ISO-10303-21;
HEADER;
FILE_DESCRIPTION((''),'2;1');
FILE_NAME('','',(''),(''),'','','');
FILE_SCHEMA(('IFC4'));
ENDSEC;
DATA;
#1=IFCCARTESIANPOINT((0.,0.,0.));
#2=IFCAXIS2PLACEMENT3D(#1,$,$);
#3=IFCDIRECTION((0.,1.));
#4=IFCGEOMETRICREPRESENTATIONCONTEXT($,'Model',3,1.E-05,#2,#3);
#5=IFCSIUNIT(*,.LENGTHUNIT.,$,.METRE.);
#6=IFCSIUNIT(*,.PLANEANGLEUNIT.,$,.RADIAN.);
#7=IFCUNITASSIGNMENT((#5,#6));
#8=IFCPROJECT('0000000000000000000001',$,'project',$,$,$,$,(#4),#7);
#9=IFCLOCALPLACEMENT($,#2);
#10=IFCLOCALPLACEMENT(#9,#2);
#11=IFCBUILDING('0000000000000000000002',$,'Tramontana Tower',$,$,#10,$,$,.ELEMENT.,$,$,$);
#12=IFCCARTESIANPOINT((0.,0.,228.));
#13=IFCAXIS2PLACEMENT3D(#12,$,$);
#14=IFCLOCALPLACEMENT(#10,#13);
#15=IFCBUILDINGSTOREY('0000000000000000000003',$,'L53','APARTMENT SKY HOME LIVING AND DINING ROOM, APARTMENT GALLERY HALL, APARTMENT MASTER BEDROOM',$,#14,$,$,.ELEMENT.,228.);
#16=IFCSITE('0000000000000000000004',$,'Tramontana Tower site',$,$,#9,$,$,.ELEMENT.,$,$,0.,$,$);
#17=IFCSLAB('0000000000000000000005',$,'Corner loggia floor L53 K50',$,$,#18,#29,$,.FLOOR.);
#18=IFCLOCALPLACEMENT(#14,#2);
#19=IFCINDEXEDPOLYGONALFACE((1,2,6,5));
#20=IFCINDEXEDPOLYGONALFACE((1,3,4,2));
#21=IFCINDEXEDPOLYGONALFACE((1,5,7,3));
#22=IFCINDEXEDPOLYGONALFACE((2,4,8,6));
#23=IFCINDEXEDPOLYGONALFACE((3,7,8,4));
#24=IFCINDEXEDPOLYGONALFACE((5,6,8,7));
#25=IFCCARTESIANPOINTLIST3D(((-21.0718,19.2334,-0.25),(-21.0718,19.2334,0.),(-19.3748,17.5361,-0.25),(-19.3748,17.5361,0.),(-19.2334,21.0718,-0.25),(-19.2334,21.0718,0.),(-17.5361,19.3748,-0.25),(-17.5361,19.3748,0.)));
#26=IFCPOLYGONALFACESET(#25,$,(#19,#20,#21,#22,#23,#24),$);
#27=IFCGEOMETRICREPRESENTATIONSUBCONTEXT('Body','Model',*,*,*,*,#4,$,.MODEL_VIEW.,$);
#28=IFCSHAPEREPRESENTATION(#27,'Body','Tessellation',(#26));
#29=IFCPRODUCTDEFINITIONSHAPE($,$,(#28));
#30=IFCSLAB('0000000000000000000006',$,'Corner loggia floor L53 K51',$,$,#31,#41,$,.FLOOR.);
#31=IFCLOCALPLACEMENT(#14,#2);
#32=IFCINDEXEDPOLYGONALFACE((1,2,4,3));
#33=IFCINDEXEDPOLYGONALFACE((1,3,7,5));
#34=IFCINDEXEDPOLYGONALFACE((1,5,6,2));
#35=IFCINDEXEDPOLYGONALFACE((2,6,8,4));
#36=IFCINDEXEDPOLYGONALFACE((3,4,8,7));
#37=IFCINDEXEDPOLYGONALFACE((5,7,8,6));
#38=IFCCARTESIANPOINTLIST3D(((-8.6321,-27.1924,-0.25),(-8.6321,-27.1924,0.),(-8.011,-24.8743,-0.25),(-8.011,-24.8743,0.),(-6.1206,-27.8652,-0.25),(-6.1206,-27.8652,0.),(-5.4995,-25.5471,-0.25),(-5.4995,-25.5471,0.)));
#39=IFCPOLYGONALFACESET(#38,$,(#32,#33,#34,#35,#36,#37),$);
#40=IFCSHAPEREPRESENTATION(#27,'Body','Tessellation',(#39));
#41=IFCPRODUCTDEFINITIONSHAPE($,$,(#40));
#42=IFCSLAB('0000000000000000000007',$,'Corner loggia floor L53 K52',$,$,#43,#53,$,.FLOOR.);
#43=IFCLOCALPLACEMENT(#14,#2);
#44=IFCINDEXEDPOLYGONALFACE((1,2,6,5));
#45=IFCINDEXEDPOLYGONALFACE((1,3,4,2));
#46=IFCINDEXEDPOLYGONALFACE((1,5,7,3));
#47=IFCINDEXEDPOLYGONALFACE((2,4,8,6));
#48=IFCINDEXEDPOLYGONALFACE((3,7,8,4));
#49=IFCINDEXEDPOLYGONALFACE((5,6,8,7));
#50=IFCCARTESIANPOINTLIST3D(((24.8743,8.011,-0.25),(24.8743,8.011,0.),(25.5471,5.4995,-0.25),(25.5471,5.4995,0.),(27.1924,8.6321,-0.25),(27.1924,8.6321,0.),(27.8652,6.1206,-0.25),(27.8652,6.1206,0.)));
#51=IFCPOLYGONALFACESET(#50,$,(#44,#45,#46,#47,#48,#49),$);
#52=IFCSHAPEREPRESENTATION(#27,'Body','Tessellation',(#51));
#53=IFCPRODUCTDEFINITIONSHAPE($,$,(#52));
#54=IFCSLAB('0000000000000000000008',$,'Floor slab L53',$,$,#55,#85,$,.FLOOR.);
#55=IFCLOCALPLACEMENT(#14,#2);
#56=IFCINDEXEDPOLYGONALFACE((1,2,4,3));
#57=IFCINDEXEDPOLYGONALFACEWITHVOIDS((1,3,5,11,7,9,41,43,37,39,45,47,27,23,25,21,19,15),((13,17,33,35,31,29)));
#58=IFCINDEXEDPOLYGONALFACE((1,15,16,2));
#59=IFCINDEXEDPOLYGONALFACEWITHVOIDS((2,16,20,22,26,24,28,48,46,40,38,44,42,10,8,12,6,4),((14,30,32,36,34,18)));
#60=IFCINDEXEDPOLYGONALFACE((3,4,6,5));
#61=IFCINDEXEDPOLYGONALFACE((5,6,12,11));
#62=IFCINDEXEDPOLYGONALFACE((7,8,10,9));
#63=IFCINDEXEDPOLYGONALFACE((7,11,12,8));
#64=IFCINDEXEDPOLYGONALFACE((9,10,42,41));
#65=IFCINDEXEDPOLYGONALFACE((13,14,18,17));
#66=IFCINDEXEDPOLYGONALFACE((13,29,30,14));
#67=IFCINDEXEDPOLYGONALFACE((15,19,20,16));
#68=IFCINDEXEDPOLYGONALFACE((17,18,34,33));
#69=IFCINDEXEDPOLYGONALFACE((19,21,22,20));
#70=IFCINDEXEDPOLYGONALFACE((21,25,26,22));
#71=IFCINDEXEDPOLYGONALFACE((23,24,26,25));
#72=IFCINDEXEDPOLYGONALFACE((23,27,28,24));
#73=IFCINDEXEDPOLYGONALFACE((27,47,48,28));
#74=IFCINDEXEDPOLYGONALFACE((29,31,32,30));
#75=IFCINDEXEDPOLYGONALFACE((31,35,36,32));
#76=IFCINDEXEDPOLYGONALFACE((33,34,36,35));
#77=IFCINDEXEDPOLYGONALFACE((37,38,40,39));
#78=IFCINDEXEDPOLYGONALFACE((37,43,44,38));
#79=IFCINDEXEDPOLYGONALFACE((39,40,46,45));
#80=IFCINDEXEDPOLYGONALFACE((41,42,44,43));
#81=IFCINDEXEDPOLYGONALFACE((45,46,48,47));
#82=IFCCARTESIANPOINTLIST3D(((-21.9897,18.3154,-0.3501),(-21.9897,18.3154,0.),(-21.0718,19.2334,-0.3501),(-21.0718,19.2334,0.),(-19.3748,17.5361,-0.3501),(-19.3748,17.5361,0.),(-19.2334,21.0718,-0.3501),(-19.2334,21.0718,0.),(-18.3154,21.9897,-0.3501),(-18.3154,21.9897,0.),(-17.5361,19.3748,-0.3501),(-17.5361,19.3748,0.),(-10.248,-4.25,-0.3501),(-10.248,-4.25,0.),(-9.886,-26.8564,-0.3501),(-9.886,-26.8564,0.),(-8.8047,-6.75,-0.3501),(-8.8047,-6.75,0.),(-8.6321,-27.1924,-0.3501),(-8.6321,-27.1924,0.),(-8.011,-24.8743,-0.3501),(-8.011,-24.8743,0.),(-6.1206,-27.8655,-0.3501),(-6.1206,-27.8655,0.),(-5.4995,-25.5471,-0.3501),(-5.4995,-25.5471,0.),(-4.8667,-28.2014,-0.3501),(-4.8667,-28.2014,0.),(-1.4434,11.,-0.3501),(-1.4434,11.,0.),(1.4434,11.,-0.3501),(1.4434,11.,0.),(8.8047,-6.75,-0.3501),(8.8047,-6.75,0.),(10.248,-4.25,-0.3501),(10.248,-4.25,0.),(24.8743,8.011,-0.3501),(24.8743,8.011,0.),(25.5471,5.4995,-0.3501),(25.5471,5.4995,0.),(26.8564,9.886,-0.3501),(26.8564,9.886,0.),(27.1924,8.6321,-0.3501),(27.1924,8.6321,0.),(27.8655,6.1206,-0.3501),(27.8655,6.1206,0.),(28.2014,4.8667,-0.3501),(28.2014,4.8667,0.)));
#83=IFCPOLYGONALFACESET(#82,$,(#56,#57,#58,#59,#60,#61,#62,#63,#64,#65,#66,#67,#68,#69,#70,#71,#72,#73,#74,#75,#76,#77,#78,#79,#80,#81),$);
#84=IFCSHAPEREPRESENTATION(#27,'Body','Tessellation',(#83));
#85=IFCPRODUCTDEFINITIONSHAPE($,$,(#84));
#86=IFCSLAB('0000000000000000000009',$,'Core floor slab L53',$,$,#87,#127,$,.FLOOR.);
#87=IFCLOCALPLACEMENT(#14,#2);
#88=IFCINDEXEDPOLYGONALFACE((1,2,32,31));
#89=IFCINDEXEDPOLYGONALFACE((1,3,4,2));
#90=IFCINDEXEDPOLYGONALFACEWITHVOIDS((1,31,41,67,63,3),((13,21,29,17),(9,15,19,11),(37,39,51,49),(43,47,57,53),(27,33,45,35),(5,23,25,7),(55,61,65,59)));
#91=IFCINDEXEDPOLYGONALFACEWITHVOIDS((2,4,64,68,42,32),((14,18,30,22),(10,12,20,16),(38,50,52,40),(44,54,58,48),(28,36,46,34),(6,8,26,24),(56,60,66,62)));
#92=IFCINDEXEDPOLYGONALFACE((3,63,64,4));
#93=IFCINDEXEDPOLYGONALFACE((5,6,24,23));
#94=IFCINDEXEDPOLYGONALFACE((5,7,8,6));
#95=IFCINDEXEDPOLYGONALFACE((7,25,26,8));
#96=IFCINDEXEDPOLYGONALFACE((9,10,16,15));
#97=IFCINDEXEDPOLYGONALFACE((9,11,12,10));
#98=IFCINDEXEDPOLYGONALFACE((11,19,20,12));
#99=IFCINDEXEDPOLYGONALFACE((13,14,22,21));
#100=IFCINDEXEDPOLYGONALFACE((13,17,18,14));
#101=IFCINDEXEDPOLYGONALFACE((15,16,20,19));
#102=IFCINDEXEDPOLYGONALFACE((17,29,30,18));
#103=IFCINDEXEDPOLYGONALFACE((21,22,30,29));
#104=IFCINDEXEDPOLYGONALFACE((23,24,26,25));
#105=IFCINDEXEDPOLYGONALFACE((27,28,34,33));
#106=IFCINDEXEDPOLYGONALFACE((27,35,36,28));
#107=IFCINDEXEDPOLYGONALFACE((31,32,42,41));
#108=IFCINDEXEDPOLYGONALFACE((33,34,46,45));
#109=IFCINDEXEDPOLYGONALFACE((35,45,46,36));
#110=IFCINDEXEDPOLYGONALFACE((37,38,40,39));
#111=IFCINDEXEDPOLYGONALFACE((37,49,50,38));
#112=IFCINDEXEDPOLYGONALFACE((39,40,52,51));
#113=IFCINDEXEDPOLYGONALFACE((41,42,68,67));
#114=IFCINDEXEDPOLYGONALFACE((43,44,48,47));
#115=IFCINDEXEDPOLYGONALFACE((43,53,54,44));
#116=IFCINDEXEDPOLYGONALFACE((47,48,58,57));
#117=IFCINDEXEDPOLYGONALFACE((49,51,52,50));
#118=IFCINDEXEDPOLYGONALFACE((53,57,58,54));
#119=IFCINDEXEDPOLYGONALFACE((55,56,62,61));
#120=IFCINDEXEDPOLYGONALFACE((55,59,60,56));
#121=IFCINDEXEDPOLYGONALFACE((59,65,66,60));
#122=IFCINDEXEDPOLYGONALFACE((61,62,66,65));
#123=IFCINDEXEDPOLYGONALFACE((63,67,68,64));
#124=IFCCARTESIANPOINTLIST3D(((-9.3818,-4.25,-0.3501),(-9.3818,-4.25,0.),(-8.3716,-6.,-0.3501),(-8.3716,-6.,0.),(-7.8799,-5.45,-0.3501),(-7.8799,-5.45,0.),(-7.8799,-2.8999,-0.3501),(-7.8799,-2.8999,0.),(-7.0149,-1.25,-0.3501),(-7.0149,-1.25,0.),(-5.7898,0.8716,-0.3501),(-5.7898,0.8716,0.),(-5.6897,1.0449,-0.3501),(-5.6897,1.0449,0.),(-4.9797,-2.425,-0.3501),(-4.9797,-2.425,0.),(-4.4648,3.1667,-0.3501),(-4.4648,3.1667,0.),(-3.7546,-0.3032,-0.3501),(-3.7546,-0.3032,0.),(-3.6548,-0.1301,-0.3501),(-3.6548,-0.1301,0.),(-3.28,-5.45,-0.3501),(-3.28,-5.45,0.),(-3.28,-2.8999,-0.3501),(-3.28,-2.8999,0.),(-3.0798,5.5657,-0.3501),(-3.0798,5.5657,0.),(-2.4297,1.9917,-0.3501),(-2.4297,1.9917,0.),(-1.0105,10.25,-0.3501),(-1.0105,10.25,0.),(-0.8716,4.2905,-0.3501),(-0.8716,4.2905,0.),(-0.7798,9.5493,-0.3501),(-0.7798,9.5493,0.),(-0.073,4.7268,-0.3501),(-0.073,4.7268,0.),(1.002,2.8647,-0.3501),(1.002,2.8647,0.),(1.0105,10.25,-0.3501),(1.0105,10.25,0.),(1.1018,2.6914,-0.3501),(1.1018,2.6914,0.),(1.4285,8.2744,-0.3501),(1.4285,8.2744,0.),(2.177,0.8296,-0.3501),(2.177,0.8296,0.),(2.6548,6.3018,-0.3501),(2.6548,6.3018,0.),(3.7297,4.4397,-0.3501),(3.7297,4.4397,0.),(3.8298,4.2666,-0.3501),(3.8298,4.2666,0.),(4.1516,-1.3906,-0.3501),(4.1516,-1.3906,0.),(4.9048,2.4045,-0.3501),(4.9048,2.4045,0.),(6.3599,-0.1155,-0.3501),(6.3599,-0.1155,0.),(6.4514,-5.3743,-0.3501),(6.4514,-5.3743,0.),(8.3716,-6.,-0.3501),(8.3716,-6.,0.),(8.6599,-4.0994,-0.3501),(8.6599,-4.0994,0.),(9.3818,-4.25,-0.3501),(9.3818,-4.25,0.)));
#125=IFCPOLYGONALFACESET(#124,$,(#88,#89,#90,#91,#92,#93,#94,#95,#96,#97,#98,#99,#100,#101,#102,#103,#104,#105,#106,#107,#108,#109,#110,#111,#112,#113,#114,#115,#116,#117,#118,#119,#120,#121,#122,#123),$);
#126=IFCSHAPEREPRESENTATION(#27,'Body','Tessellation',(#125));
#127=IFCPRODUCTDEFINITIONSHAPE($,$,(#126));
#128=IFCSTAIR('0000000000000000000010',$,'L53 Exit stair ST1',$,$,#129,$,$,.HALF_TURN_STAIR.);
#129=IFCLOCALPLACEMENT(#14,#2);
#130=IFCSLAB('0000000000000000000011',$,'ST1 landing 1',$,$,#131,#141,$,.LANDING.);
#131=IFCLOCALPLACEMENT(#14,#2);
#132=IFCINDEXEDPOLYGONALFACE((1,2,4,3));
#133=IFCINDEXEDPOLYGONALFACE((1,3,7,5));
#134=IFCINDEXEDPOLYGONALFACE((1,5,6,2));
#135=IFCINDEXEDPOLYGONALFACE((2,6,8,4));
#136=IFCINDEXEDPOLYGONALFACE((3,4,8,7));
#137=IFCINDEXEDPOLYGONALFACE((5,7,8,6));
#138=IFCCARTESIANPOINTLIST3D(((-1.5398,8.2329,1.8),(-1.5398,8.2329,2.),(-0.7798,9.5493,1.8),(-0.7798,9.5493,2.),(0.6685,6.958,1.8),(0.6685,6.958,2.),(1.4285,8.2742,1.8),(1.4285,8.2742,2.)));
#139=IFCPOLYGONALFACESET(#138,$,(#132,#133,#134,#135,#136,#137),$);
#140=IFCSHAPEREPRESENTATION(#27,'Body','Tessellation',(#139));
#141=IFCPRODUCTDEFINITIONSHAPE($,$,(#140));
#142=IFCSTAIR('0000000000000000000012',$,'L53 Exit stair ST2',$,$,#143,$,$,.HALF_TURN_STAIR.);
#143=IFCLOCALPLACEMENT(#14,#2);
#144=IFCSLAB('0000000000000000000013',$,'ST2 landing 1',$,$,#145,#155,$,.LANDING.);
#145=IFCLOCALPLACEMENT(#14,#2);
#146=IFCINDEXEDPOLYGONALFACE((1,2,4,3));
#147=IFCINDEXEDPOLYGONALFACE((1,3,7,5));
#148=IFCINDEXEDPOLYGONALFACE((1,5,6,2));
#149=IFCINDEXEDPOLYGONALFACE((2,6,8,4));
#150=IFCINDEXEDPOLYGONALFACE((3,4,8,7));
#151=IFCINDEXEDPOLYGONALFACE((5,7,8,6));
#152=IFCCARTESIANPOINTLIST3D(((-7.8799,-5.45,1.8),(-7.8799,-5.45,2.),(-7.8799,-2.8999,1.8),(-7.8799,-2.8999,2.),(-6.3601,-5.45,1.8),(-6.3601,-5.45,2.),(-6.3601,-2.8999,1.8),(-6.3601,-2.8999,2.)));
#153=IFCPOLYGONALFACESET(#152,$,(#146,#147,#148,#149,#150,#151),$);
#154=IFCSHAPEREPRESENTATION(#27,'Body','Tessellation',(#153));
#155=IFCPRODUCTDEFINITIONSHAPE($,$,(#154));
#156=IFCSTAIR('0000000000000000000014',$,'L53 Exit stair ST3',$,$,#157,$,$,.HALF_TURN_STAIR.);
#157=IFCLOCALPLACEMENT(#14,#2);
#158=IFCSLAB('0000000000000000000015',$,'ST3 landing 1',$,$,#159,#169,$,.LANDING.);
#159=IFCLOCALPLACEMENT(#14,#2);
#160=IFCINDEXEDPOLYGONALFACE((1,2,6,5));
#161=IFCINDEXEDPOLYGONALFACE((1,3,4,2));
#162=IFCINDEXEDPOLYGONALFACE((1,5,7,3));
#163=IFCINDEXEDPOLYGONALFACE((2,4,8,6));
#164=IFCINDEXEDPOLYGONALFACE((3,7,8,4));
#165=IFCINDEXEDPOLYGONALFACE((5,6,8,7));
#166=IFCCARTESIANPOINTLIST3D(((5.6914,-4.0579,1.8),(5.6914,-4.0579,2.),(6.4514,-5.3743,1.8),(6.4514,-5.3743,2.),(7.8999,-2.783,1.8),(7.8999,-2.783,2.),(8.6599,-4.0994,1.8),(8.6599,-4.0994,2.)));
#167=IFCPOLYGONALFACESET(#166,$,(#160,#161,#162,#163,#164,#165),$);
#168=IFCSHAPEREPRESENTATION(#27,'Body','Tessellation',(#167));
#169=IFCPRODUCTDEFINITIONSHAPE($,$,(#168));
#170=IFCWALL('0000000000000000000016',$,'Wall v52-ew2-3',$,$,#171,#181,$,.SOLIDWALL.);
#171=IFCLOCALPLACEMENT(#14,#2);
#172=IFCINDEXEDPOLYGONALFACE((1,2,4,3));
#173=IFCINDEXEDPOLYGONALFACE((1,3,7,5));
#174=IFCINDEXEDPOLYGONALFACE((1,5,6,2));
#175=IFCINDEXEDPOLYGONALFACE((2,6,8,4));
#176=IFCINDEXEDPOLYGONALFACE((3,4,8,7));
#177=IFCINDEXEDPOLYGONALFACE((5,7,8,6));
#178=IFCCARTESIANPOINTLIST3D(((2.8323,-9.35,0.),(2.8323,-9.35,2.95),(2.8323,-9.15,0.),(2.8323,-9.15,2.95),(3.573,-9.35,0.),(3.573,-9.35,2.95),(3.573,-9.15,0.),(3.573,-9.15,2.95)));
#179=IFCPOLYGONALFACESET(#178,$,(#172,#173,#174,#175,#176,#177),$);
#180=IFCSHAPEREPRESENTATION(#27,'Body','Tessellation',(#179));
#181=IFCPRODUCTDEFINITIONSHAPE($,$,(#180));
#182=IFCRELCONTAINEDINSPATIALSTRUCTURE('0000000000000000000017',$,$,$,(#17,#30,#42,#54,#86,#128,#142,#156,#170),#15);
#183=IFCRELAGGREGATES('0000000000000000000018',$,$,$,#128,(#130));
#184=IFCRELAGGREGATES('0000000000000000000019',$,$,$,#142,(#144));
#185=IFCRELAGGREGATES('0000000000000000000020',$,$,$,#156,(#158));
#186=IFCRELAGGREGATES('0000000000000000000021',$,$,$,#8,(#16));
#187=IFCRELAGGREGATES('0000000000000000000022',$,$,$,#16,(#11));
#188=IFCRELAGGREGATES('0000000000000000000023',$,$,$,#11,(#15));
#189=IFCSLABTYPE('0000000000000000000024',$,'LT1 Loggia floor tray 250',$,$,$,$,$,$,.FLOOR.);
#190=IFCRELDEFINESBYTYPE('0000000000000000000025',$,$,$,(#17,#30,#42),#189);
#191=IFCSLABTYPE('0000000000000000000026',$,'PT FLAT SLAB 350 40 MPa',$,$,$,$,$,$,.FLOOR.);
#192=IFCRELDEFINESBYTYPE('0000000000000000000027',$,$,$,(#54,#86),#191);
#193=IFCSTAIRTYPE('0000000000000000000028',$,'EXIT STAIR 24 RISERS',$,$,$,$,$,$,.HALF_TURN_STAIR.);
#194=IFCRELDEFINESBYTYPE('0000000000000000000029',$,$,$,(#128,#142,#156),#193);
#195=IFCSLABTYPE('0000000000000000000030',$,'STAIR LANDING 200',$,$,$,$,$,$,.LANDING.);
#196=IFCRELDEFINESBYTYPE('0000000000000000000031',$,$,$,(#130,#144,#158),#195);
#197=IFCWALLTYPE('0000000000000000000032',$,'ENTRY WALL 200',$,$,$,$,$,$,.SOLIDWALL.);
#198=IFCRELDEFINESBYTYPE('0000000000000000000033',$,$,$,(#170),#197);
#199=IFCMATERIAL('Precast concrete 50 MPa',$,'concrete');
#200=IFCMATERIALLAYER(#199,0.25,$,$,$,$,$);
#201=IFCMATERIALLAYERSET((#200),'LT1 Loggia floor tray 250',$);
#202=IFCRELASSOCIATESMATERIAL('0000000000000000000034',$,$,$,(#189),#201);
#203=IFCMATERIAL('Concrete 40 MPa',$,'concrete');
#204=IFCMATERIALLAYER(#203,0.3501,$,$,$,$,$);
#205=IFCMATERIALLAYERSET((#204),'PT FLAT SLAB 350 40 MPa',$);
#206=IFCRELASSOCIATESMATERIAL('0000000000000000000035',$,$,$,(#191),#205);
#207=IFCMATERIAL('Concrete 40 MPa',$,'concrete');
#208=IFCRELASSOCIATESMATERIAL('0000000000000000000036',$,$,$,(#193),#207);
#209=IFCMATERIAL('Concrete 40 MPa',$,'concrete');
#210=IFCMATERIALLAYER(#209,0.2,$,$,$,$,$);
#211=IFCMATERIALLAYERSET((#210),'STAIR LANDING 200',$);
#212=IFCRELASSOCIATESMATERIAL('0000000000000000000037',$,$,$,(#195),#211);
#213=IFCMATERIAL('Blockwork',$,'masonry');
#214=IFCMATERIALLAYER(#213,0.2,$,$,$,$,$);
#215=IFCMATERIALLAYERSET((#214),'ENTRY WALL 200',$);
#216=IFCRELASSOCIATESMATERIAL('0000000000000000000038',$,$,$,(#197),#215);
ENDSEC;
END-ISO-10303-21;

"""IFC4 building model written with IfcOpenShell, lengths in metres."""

from ifc_helpers import new_model, si_unit, direction, frame, frame_2d, origin, place, context, subcontext, project, spatial, polyline, rectangle, outline, extrude, material, layer, layer_set, type_object, element, aggregate, save


model = new_model("IFC4")

# Units and contexts
model_context = context("Model", 3, precision=1e-05, world=origin(), true_north=direction((0.0, 1.0)))
body_context = subcontext(model_context, "Body", "Model", "MODEL_VIEW")
ifc_project = project(units=[si_unit("LENGTHUNIT", "METRE"), si_unit("PLANEANGLEUNIT", "RADIAN")], contexts=[model_context])

# Site, building, storey
site_placement = place(None, origin())
site = spatial("IfcSite", under=ifc_project, at=site_placement, Name="Tramontana Tower site", CompositionType="ELEMENT", RefElevation=0.0)
building_placement = place(site_placement, origin())
building = spatial("IfcBuilding", under=site, at=building_placement, Name="Tramontana Tower", CompositionType="ELEMENT")
storey_placement = place(building_placement, frame((0.0, 0.0, 228.0)))
storey = spatial("IfcBuildingStorey", under=building, at=storey_placement, Name="L53", Description="APARTMENT SKY HOME LIVING AND DINING ROOM, APARTMENT GALLERY HALL, APARTMENT MASTER BEDROOM", CompositionType="ELEMENT", Elevation=228.0)

# Slabs
ifc_material_1 = material(Name="Precast concrete 50 MPa", Category="concrete")
ifc_layer_1 = layer(ifc_material_1, 0.25)
ifc_layer_set_1 = layer_set([ifc_layer_1], Name="LT1 Loggia floor tray 250")
slab_type_1 = type_object("IfcSlabType", Name="LT1 Loggia floor tray 250", PredefinedType="FLOOR", material=ifc_layer_set_1)
slab_1_placement = place(storey_placement, frame((0.0, 0.0, -0.25)))
element("IfcSlab", 1, at=slab_1_placement, inside=storey, type_object=slab_type_1, Name="Corner loggia floor L53 K50", PredefinedType="FLOOR", context=body_context, shape_type="SweptSolid", body=[
    extrude(outline(polyline([(-19.2334, 21.0718), (-17.5361, 19.3748), (-19.3748, 17.5361), (-21.0718, 19.2334), (-19.2334, 21.0718)])), origin(), (0.0, 0.0, 1.0), 0.25),
])
slab_2_placement = place(storey_placement, frame((0.0, 0.0, -0.25)))
element("IfcSlab", 2, at=slab_2_placement, inside=storey, type_object=slab_type_1, Name="Corner loggia floor L53 K51", PredefinedType="FLOOR", context=body_context, shape_type="SweptSolid", body=[
    extrude(outline(polyline([(-8.6321, -27.1924), (-8.011, -24.8743), (-5.4995, -25.5471), (-6.1206, -27.8652), (-8.6321, -27.1924)])), origin(), (0.0, 0.0, 1.0), 0.25),
])
slab_3_placement = place(storey_placement, frame((0.0, 0.0, -0.25)))
element("IfcSlab", 3, at=slab_3_placement, inside=storey, type_object=slab_type_1, Name="Corner loggia floor L53 K52", PredefinedType="FLOOR", context=body_context, shape_type="SweptSolid", body=[
    extrude(outline(polyline([(27.8652, 6.1206), (25.5471, 5.4995), (24.8743, 8.011), (27.1924, 8.6321), (27.8652, 6.1206)])), origin(), (0.0, 0.0, 1.0), 0.25),
])
ifc_material_2 = material(Name="Concrete 40 MPa", Category="concrete")
ifc_layer_2 = layer(ifc_material_2, 0.3501)
ifc_layer_set_2 = layer_set([ifc_layer_2], Name="PT FLAT SLAB 350 40 MPa")
slab_type_2 = type_object("IfcSlabType", Name="PT FLAT SLAB 350 40 MPa", PredefinedType="FLOOR", material=ifc_layer_set_2)
slab_4_placement = place(storey_placement, frame((0.0, 0.0, -0.3501)))
element("IfcSlab", 4, at=slab_4_placement, inside=storey, type_object=slab_type_2, Name="Floor slab L53", PredefinedType="FLOOR", context=body_context, shape_type="SweptSolid", body=[
    extrude(outline(polyline([(27.1924, 8.6321), (24.8743, 8.011), (25.5471, 5.4995), (27.8655, 6.1206), (28.2014, 4.8667), (-4.8667, -28.2014), (-6.1206, -27.8655), (-5.4995, -25.5471), (-8.011, -24.8743), (-8.6321, -27.1924), (-9.886, -26.8564), (-21.9897, 18.3154), (-21.0718, 19.2334), (-19.3748, 17.5361), (-17.5361, 19.3748), (-19.2334, 21.0718), (-18.3154, 21.9897), (26.8564, 9.886), (27.1924, 8.6321)]), holes=[polyline([(-10.248, -4.25), (-8.8047, -6.75), (8.8047, -6.75), (10.248, -4.25), (1.4434, 11.0), (-1.4434, 11.0), (-10.248, -4.25)])]), origin(), (0.0, 0.0, 1.0), 0.3501),
])
slab_5_placement = place(storey_placement, frame((0.0, 0.0, -0.3501)))
element("IfcSlab", 5, at=slab_5_placement, inside=storey, type_object=slab_type_2, Name="Core floor slab L53", PredefinedType="FLOOR", context=body_context, shape_type="SweptSolid", body=[
    extrude(outline(polyline([(9.3818, -4.25), (8.3716, -6.0), (-8.3716, -6.0), (-9.3818, -4.25), (-1.0105, 10.25), (1.0105, 10.25), (9.3818, -4.25)]), holes=[polyline([(8.6599, -4.0994), (6.3599, -0.1155), (4.1516, -1.3906), (6.4514, -5.3743), (8.6599, -4.0994)]), polyline([(3.8298, 4.2666), (1.1018, 2.6914), (2.177, 0.8296), (4.9048, 2.4045), (3.8298, 4.2666)]), polyline([(2.6548, 6.3018), (-0.073, 4.7268), (1.002, 2.8647), (3.7297, 4.4397), (2.6548, 6.3018)]), polyline([(-0.7798, 9.5493), (-3.0798, 5.5657), (-0.8716, 4.2905), (1.4285, 8.2744), (-0.7798, 9.5493)]), polyline([(-5.6897, 1.0449), (-3.6548, -0.1301), (-2.4297, 1.9917), (-4.4648, 3.1667), (-5.6897, 1.0449)]), polyline([(-3.28, -5.45), (-3.28, -2.8999), (-7.8799, -2.8999), (-7.8799, -5.45), (-3.28, -5.45)]), polyline([(-7.0149, -1.25), (-4.9797, -2.425), (-3.7546, -0.3032), (-5.7898, 0.8716), (-7.0149, -1.25)])]), origin(), (0.0, 0.0, 1.0), 0.3501),
])

# Stairs, slabs
ifc_material_3 = material(Name="Concrete 40 MPa", Category="concrete")
stair_type = type_object("IfcStairType", Name="EXIT STAIR 24 RISERS", PredefinedType="HALF_TURN_STAIR", material=ifc_material_3)
stair_1_placement = place(storey_placement, origin())
stair_1 = element("IfcStair", 6, at=stair_1_placement, inside=storey, type_object=stair_type, Name="L53 Exit stair ST1", PredefinedType="HALF_TURN_STAIR")
ifc_material_4 = material(Name="Concrete 40 MPa", Category="concrete")
ifc_layer_3 = layer(ifc_material_4, 0.2)
ifc_layer_set_3 = layer_set([ifc_layer_3], Name="STAIR LANDING 200")
slab_type_3 = type_object("IfcSlabType", Name="STAIR LANDING 200", PredefinedType="LANDING", material=ifc_layer_set_3)
slab_6_placement = place(storey_placement, frame((0.0, 0.0, 1.8)))
slab_6 = element("IfcSlab", 7, at=slab_6_placement, type_object=slab_type_3, Name="ST1 landing 1", PredefinedType="LANDING", context=body_context, shape_type="SweptSolid", body=[
    extrude(outline(polyline([(0.6685, 6.958), (1.4285, 8.2742), (-0.7798, 9.5493), (-1.5398, 8.2329), (0.6685, 6.958)])), origin(), (0.0, 0.0, 1.0), 0.2),
])
aggregate(stair_1, [slab_6])
stair_2_placement = place(storey_placement, origin())
stair_2 = element("IfcStair", 8, at=stair_2_placement, inside=storey, type_object=stair_type, Name="L53 Exit stair ST2", PredefinedType="HALF_TURN_STAIR")
slab_7_placement = place(storey_placement, frame((0.0, 0.0, 1.8)))
slab_7 = element("IfcSlab", 9, at=slab_7_placement, type_object=slab_type_3, Name="ST2 landing 1", PredefinedType="LANDING", context=body_context, shape_type="SweptSolid", body=[
    extrude(outline(polyline([(-6.3601, -2.8999), (-7.8799, -2.8999), (-7.8799, -5.45), (-6.3601, -5.45), (-6.3601, -2.8999)])), origin(), (0.0, 0.0, 1.0), 0.2),
])
aggregate(stair_2, [slab_7])
stair_3_placement = place(storey_placement, origin())
stair_3 = element("IfcStair", 10, at=stair_3_placement, inside=storey, type_object=stair_type, Name="L53 Exit stair ST3", PredefinedType="HALF_TURN_STAIR")
slab_8_placement = place(storey_placement, frame((0.0, 0.0, 1.8)))
slab_8 = element("IfcSlab", 11, at=slab_8_placement, type_object=slab_type_3, Name="ST3 landing 1", PredefinedType="LANDING", context=body_context, shape_type="SweptSolid", body=[
    extrude(outline(polyline([(5.6914, -4.0579), (6.4514, -5.3743), (8.6599, -4.0994), (7.8999, -2.783), (5.6914, -4.0579)])), origin(), (0.0, 0.0, 1.0), 0.2),
])

# Wall
ifc_material_5 = material(Name="Blockwork", Category="masonry")
ifc_layer_4 = layer(ifc_material_5, 0.2)
ifc_layer_set_4 = layer_set([ifc_layer_4], Name="ENTRY WALL 200")
wall_type_1 = type_object("IfcWallType", Name="ENTRY WALL 200", PredefinedType="SOLIDWALL", material=ifc_layer_set_4)
wall_1_placement = place(storey_placement, frame((3.573, -9.25, 0.0), z_axis=(0.0, 0.0, 1.0), x_axis=(-1.0, 0.0, 0.0)))
element("IfcWall", 12, at=wall_1_placement, inside=storey, type_object=wall_type_1, Name="Wall v52-ew2-3", PredefinedType="SOLIDWALL", context=body_context, shape_type="SweptSolid", body=[
    extrude(rectangle(XDim=0.7407, YDim=0.2, at=frame_2d((0.3704, 0.0))), origin(), (0.0, 0.0, 1.0), 2.95),
])

aggregate(stair_3, [slab_8])

save(model, "model.ifc")
